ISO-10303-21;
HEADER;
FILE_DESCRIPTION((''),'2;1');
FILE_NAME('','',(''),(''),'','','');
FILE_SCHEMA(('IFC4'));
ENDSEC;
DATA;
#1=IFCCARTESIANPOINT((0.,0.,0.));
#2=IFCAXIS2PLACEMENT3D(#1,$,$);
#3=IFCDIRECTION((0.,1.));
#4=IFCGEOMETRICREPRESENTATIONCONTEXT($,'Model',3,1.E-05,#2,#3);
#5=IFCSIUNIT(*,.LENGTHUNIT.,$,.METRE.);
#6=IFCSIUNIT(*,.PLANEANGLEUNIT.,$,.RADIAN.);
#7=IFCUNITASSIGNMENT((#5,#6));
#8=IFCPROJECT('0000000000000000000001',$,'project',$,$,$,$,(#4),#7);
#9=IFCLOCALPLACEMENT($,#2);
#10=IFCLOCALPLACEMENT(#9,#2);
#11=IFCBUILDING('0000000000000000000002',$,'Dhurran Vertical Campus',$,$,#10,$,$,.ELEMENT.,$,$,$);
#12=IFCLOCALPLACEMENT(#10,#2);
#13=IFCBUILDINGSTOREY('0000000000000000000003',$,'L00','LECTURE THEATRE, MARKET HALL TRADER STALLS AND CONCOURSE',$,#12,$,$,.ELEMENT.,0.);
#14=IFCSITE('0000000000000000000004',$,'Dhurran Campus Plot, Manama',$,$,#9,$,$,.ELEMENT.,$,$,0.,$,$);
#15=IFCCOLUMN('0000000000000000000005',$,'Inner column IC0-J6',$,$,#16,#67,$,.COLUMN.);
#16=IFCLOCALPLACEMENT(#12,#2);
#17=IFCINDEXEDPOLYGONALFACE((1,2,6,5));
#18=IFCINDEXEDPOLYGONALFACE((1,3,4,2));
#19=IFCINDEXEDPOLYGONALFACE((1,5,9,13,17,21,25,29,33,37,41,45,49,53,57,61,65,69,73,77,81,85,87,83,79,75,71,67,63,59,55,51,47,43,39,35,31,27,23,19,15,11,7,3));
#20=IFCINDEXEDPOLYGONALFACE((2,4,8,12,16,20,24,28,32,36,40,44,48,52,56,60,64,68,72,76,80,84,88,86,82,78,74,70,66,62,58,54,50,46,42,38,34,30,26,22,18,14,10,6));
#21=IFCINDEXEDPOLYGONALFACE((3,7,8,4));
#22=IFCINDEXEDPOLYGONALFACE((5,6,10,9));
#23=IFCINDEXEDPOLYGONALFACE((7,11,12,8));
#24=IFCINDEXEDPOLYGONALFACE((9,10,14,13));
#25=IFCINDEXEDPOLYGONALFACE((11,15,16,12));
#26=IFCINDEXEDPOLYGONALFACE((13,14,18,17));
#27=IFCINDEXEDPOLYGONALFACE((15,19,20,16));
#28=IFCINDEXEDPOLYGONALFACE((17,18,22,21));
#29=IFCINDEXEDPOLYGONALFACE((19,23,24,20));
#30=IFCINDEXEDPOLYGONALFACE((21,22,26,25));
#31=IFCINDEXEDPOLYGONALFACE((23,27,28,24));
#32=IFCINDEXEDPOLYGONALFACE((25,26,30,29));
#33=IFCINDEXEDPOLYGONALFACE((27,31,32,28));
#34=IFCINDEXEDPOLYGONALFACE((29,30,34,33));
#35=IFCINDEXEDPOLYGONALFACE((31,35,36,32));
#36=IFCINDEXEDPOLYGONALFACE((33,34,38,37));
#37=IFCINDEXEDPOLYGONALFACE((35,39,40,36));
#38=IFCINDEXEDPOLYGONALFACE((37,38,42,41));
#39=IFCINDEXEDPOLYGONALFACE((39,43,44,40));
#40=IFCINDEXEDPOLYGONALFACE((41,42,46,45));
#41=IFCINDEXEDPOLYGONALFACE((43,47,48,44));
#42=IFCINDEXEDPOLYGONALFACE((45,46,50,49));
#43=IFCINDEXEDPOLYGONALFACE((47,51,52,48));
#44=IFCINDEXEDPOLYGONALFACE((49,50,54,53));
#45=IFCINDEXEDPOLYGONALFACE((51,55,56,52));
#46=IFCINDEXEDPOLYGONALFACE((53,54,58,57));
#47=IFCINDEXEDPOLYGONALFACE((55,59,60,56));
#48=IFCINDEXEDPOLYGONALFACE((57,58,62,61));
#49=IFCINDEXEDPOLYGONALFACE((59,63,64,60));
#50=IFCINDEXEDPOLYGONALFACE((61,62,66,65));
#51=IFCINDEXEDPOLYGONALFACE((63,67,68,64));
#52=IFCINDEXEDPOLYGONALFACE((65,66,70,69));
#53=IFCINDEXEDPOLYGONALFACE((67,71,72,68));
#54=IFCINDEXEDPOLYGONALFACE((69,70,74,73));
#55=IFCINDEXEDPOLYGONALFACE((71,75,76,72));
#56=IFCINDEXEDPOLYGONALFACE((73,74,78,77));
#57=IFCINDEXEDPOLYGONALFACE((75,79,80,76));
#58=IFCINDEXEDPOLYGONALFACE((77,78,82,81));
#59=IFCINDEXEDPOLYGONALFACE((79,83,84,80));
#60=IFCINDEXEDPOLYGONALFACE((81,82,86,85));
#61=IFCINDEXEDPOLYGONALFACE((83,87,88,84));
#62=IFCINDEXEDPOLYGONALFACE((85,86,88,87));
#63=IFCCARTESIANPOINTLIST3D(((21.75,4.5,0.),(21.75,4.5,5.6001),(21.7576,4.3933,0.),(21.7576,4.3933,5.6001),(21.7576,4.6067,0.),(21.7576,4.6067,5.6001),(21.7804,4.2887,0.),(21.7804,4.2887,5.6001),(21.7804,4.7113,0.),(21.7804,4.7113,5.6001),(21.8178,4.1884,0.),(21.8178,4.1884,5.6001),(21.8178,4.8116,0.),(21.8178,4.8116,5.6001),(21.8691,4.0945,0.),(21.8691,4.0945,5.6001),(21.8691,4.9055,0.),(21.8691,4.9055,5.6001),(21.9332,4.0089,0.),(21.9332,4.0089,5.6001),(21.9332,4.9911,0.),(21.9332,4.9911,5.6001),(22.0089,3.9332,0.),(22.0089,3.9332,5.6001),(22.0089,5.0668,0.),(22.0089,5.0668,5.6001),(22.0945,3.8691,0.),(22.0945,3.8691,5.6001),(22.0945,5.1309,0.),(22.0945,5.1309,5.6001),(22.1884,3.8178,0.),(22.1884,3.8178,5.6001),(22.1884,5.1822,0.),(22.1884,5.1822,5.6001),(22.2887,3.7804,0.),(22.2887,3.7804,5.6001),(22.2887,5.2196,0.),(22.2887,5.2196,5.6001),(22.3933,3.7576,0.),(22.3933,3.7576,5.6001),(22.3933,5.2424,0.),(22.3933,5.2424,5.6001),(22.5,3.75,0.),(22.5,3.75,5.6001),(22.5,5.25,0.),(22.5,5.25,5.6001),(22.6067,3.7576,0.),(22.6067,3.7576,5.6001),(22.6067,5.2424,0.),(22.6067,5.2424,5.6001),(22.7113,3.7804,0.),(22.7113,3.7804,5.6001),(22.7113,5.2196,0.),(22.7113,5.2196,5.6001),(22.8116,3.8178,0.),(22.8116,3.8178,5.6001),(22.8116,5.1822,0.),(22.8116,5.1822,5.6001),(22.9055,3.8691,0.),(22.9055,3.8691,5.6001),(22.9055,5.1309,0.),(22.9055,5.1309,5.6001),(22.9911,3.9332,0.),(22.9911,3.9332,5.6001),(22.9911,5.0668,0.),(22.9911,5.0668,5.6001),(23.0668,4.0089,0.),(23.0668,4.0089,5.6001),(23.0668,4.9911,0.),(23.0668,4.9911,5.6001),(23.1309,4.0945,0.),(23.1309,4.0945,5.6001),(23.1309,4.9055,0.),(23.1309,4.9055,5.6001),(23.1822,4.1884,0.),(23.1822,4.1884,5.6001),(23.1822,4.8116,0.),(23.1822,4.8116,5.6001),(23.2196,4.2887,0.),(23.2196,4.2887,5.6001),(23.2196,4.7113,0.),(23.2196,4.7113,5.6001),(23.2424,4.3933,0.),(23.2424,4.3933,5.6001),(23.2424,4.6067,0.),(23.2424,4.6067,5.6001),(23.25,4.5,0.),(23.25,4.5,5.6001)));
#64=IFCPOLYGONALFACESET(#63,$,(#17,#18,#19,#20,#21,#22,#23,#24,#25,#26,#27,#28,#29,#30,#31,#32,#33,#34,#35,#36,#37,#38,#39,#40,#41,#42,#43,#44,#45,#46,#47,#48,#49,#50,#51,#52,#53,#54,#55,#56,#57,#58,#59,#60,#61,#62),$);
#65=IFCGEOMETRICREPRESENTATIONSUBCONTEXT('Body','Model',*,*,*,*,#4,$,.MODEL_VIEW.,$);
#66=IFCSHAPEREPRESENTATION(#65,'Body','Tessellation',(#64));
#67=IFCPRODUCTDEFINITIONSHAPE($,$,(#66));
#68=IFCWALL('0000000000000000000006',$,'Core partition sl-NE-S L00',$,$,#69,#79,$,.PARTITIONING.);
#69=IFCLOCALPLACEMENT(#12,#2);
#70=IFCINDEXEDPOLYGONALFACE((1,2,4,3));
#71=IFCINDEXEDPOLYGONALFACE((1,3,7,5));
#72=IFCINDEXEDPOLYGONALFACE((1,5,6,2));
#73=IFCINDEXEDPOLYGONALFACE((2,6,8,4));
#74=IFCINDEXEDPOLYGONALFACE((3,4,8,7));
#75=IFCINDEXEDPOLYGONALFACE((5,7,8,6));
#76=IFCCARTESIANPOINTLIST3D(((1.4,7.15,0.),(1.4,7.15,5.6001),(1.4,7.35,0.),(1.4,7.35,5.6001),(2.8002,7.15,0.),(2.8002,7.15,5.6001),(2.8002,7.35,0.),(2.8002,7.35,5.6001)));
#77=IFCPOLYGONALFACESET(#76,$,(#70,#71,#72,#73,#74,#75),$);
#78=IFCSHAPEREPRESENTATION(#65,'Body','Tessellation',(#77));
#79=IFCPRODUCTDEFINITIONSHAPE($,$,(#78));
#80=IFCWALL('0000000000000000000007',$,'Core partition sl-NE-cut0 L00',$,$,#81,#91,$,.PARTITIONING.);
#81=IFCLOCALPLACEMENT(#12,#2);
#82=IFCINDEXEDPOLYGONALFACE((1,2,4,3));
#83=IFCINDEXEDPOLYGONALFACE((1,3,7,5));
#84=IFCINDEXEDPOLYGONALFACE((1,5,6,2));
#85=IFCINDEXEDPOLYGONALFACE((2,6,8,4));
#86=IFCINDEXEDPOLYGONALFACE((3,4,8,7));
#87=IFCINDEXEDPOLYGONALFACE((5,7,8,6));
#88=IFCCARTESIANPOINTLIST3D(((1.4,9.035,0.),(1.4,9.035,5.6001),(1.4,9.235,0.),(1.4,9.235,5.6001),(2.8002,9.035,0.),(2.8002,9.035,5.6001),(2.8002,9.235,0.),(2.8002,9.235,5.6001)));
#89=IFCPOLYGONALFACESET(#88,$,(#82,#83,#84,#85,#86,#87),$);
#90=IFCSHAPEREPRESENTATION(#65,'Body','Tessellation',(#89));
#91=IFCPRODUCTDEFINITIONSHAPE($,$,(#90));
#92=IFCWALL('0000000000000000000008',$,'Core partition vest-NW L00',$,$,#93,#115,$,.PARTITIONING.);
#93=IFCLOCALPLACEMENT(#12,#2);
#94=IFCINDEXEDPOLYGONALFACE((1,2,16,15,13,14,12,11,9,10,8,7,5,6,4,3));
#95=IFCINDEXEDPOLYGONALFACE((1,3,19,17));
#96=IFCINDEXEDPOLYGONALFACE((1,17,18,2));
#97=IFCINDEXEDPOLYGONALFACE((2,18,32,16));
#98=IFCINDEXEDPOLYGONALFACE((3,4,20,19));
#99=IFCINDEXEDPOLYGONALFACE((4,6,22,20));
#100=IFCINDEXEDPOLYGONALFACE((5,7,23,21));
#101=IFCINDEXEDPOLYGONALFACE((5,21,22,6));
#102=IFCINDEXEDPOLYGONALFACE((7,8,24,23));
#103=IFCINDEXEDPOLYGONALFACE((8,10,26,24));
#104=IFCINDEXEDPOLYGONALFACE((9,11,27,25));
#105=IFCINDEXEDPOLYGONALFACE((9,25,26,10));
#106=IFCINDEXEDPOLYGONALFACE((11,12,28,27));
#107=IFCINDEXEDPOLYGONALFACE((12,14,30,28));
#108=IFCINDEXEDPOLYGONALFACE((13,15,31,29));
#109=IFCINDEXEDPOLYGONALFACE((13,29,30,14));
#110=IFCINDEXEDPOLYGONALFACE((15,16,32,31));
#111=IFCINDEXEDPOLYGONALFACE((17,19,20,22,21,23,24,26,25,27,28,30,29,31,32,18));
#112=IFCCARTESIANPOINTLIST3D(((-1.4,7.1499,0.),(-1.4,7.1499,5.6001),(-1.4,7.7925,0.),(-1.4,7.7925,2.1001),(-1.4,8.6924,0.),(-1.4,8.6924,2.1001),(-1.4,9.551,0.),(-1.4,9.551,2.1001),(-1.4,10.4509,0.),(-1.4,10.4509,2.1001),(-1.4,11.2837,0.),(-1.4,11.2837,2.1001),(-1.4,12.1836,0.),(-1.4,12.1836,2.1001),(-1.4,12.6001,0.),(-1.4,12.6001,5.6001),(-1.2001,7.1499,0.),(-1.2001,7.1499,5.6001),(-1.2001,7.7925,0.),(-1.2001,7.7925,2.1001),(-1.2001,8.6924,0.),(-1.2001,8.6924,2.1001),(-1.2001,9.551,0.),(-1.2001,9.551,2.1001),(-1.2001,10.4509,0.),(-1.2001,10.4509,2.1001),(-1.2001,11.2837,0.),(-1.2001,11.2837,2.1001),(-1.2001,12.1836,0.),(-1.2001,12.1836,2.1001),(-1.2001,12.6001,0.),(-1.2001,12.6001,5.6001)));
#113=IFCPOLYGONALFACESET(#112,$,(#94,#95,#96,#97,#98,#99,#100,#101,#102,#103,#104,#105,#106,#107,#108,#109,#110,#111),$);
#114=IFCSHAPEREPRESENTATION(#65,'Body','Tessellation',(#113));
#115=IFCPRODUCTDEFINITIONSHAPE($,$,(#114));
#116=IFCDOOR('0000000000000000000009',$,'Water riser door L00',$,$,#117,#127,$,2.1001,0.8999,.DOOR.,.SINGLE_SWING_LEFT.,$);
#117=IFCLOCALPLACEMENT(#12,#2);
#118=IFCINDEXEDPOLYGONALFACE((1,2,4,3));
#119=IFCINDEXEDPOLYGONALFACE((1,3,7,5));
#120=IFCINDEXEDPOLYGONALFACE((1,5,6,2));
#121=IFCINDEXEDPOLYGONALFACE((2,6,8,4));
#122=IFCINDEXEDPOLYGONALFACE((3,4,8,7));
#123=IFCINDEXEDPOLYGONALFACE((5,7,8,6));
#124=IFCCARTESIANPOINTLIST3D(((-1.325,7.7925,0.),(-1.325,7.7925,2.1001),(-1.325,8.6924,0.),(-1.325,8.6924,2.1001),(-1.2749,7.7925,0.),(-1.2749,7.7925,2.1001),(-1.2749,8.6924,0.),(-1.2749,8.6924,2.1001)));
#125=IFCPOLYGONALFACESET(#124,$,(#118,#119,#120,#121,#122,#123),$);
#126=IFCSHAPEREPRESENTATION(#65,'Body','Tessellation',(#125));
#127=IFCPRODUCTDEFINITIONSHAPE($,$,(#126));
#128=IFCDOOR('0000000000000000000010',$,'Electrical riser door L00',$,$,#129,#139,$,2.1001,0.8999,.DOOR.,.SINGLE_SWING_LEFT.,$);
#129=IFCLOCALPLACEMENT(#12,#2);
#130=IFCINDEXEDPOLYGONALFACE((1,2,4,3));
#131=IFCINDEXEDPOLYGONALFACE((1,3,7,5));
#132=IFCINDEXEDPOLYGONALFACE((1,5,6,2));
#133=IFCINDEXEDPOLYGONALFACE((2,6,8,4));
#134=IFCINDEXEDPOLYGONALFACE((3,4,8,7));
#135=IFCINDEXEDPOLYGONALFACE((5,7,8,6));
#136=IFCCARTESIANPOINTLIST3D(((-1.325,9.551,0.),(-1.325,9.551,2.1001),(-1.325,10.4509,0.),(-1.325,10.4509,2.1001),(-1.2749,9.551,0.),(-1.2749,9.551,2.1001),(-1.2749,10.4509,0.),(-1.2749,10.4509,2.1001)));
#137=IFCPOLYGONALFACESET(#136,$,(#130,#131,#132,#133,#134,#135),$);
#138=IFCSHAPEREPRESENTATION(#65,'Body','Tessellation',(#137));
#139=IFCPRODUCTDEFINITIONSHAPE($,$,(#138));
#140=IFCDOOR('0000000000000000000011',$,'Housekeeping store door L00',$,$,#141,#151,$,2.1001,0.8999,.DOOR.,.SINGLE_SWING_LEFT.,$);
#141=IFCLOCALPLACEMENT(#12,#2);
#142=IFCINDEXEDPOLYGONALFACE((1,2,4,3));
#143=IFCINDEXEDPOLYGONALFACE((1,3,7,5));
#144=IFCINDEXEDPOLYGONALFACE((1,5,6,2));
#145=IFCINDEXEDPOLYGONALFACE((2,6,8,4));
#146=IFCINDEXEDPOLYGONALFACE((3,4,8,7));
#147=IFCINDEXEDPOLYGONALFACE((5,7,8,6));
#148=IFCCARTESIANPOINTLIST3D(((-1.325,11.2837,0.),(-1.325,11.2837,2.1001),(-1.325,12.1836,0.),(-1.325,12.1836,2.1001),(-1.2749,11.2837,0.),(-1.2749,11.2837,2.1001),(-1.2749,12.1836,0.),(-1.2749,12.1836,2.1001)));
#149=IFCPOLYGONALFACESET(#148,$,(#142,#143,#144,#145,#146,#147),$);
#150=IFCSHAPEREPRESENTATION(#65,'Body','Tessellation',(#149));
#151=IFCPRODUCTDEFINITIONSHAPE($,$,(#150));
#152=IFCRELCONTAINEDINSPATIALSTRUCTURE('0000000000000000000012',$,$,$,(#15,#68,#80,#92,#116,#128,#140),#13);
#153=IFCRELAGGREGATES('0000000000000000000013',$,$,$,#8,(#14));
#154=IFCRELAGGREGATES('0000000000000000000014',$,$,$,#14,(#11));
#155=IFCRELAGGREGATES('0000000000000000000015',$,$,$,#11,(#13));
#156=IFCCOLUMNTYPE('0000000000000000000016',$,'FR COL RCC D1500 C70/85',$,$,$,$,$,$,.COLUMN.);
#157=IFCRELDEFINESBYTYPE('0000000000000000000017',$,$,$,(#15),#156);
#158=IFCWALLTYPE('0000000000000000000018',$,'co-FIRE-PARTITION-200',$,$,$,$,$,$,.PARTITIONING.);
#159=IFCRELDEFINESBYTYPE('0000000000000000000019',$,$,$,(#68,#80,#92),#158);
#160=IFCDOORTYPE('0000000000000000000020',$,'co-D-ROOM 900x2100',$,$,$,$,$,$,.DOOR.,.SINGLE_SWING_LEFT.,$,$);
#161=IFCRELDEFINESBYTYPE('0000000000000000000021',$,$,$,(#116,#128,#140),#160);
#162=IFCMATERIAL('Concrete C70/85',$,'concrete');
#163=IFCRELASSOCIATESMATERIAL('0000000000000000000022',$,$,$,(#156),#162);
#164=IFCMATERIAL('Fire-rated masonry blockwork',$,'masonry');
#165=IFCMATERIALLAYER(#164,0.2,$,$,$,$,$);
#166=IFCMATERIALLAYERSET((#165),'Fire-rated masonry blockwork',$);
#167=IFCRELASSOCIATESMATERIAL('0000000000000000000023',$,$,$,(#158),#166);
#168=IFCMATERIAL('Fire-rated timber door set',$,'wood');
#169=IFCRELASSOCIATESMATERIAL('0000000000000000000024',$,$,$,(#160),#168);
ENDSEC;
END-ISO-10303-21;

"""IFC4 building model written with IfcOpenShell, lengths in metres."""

from ifc_helpers import new_model, si_unit, direction, frame, frame_2d, origin, origin_2d, place, context, subcontext, project, spatial, rectangle, circle, extrude, material, layer, layer_set, material_profile, profile_set, type_object, element, fill, save


model = new_model("IFC4")

# Units and contexts
model_context = context("Model", 3, precision=1e-05, world=origin(), true_north=direction((0.0, 1.0)))
body_context = subcontext(model_context, "Body", "Model", "MODEL_VIEW")
ifc_project = project(units=[si_unit("LENGTHUNIT", "METRE"), si_unit("PLANEANGLEUNIT", "RADIAN")], contexts=[model_context])

# Site, building, storey
site_placement = place(None, origin())
site = spatial("IfcSite", under=ifc_project, at=site_placement, Name="Dhurran Campus Plot, Manama", CompositionType="ELEMENT", RefElevation=0.0)
building_placement = place(site_placement, origin())
building = spatial("IfcBuilding", under=site, at=building_placement, Name="Dhurran Vertical Campus", CompositionType="ELEMENT")
storey_placement = place(building_placement, origin())
storey = spatial("IfcBuildingStorey", under=building, at=storey_placement, Name="L00", Description="LECTURE THEATRE, MARKET HALL TRADER STALLS AND CONCOURSE", CompositionType="ELEMENT", Elevation=0.0)

# Column
ifc_material_1 = material(Name="Concrete C70/85", Category="concrete")
ifc_material_profile = material_profile(ifc_material_1, circle(Radius=0.75, at=origin_2d()), Name="RCC D1500")
ifc_profile_set = profile_set([ifc_material_profile], Name="Concrete C70/85")
column_type = type_object("IfcColumnType", Name="FR COL RCC D1500 C70/85", PredefinedType="COLUMN", material=ifc_profile_set)
column_placement = place(storey_placement, frame((22.5, 4.5, 0.0), z_axis=(0.0, 0.0, 1.0), x_axis=(1.0, 0.0, 0.0)))
element("IfcColumn", 1, at=column_placement, inside=storey, type_object=column_type, Name="Inner column IC0-J6", PredefinedType="COLUMN", context=body_context, shape_type="SweptSolid", body=[
    extrude(circle(Radius=0.75, at=origin_2d()), origin(), (0.0, 0.0, 1.0), 5.6001),
])

# Walls
ifc_material_2 = material(Name="Fire-rated masonry blockwork", Category="masonry")
ifc_layer_1 = layer(ifc_material_2, 0.2)
ifc_layer_set_1 = layer_set([ifc_layer_1], Name="Fire-rated masonry blockwork")
wall_type_1 = type_object("IfcWallType", Name="co-FIRE-PARTITION-200", PredefinedType="PARTITIONING", material=ifc_layer_set_1)
for number, where, z_axis, x_axis, name in (
    (2, (1.3999, 7.25, 0.0), (0.0, 0.0, 1.0), (1.0, 0.0, 0.0), "Core partition sl-NE-S L00"),
    (3, (1.3999, 9.135, 0.0), (0.0, 0.0, 1.0), (1.0, 0.0, 0.0), "Core partition sl-NE-cut0 L00"),
):
    element("IfcWall", number, at=place(storey_placement, frame(where, z_axis=z_axis, x_axis=x_axis)), inside=storey, type_object=wall_type_1, Name=name, PredefinedType="PARTITIONING", context=body_context, shape_type="SweptSolid", body=[
        extrude(rectangle(XDim=1.4001, YDim=0.2, at=frame_2d((0.7002, 0.0))), origin(), (0.0, 0.0, 1.0), 5.6001),
    ])

# Wall, openings, doors
wall_1_placement = place(storey_placement, frame((-1.3, 7.1499, 0.0), z_axis=(0.0, 0.0, 1.0), x_axis=(0.0, 1.0, 0.0)))
wall_1 = element("IfcWall", 4, at=wall_1_placement, inside=storey, type_object=wall_type_1, Name="Core partition vest-NW L00", PredefinedType="PARTITIONING", context=body_context, shape_type="SweptSolid", body=[
    extrude(rectangle(XDim=5.4502, YDim=0.2, at=frame_2d((2.7251, 0.0))), origin(), (0.0, 0.0, 1.0), 5.6001),
])
opening_1_placement = place(wall_1_placement, frame((0.6426, 0.0, 0.0)))
opening_1 = element("IfcOpeningElement", 5, at=opening_1_placement, cuts=wall_1, PredefinedType="OPENING", context=body_context, shape_type="SweptSolid", body=[
    extrude(rectangle(XDim=0.8999, YDim=2.1001, at=frame_2d((0.45, 1.05))), frame((0.0, 0.1099, 0.0), z_axis=(0.0, -1.0, 0.0), x_axis=(1.0, 0.0, 0.0)), (0.0, 0.0, 1.0), 0.22),
])
opening_2_placement = place(wall_1_placement, frame((2.4011, 0.0, 0.0)))
opening_2 = element("IfcOpeningElement", 6, at=opening_2_placement, cuts=wall_1, PredefinedType="OPENING", context=body_context, shape_type="SweptSolid", body=[
    extrude(rectangle(XDim=0.8999, YDim=2.1001, at=frame_2d((0.45, 1.05))), frame((0.0, 0.1099, 0.0), z_axis=(0.0, -1.0, 0.0), x_axis=(1.0, 0.0, 0.0)), (0.0, 0.0, 1.0), 0.22),
])
opening_3_placement = place(wall_1_placement, frame((4.1338, 0.0, 0.0)))
opening_3 = element("IfcOpeningElement", 7, at=opening_3_placement, cuts=wall_1, PredefinedType="OPENING", context=body_context, shape_type="SweptSolid", body=[
    extrude(rectangle(XDim=0.8999, YDim=2.1001, at=frame_2d((0.45, 1.05))), frame((0.0, 0.1099, 0.0), z_axis=(0.0, -1.0, 0.0), x_axis=(1.0, 0.0, 0.0)), (0.0, 0.0, 1.0), 0.22),
])
ifc_material_3 = material(Name="Fire-rated timber door set", Category="wood")
door_type_1 = type_object("IfcDoorType", Name="co-D-ROOM 900x2100", OperationType="SINGLE_SWING_LEFT", PredefinedType="DOOR", material=ifc_material_3)
door_1_placement = place(opening_1_placement, origin())
door_1 = element("IfcDoor", 8, at=door_1_placement, inside=storey, type_object=door_type_1, Name="Water riser door L00", OperationType="SINGLE_SWING_LEFT", OverallHeight=2.1001, OverallWidth=0.8999, PredefinedType="DOOR", context=body_context, shape_type="SweptSolid", body=[
    extrude(rectangle(XDim=0.8999, YDim=2.1001, at=frame_2d((0.45, 1.05))), frame((0.0, 0.0249, 0.0), z_axis=(0.0, -1.0, 0.0), x_axis=(1.0, 0.0, 0.0)), (0.0, 0.0, 1.0), 0.05),
])
fill(opening_1, door_1)
door_2_placement = place(opening_2_placement, origin())
door_2 = element("IfcDoor", 9, at=door_2_placement, inside=storey, type_object=door_type_1, Name="Electrical riser door L00", OperationType="SINGLE_SWING_LEFT", OverallHeight=2.1001, OverallWidth=0.8999, PredefinedType="DOOR", context=body_context, shape_type="SweptSolid", body=[
    extrude(rectangle(XDim=0.8999, YDim=2.1001, at=frame_2d((0.45, 1.05))), frame((0.0, 0.0249, 0.0), z_axis=(0.0, -1.0, 0.0), x_axis=(1.0, 0.0, 0.0)), (0.0, 0.0, 1.0), 0.05),
])
fill(opening_2, door_2)
door_3_placement = place(opening_3_placement, origin())
door_3 = element("IfcDoor", 10, at=door_3_placement, inside=storey, type_object=door_type_1, Name="Housekeeping store door L00", OperationType="SINGLE_SWING_LEFT", OverallHeight=2.1001, OverallWidth=0.8999, PredefinedType="DOOR", context=body_context, shape_type="SweptSolid", body=[
    extrude(rectangle(XDim=0.8999, YDim=2.1001, at=frame_2d((0.45, 1.05))), frame((0.0, 0.0249, 0.0), z_axis=(0.0, -1.0, 0.0), x_axis=(1.0, 0.0, 0.0)), (0.0, 0.0, 1.0), 0.05),
])
fill(opening_3, door_3)

save(model, "model.ifc")
